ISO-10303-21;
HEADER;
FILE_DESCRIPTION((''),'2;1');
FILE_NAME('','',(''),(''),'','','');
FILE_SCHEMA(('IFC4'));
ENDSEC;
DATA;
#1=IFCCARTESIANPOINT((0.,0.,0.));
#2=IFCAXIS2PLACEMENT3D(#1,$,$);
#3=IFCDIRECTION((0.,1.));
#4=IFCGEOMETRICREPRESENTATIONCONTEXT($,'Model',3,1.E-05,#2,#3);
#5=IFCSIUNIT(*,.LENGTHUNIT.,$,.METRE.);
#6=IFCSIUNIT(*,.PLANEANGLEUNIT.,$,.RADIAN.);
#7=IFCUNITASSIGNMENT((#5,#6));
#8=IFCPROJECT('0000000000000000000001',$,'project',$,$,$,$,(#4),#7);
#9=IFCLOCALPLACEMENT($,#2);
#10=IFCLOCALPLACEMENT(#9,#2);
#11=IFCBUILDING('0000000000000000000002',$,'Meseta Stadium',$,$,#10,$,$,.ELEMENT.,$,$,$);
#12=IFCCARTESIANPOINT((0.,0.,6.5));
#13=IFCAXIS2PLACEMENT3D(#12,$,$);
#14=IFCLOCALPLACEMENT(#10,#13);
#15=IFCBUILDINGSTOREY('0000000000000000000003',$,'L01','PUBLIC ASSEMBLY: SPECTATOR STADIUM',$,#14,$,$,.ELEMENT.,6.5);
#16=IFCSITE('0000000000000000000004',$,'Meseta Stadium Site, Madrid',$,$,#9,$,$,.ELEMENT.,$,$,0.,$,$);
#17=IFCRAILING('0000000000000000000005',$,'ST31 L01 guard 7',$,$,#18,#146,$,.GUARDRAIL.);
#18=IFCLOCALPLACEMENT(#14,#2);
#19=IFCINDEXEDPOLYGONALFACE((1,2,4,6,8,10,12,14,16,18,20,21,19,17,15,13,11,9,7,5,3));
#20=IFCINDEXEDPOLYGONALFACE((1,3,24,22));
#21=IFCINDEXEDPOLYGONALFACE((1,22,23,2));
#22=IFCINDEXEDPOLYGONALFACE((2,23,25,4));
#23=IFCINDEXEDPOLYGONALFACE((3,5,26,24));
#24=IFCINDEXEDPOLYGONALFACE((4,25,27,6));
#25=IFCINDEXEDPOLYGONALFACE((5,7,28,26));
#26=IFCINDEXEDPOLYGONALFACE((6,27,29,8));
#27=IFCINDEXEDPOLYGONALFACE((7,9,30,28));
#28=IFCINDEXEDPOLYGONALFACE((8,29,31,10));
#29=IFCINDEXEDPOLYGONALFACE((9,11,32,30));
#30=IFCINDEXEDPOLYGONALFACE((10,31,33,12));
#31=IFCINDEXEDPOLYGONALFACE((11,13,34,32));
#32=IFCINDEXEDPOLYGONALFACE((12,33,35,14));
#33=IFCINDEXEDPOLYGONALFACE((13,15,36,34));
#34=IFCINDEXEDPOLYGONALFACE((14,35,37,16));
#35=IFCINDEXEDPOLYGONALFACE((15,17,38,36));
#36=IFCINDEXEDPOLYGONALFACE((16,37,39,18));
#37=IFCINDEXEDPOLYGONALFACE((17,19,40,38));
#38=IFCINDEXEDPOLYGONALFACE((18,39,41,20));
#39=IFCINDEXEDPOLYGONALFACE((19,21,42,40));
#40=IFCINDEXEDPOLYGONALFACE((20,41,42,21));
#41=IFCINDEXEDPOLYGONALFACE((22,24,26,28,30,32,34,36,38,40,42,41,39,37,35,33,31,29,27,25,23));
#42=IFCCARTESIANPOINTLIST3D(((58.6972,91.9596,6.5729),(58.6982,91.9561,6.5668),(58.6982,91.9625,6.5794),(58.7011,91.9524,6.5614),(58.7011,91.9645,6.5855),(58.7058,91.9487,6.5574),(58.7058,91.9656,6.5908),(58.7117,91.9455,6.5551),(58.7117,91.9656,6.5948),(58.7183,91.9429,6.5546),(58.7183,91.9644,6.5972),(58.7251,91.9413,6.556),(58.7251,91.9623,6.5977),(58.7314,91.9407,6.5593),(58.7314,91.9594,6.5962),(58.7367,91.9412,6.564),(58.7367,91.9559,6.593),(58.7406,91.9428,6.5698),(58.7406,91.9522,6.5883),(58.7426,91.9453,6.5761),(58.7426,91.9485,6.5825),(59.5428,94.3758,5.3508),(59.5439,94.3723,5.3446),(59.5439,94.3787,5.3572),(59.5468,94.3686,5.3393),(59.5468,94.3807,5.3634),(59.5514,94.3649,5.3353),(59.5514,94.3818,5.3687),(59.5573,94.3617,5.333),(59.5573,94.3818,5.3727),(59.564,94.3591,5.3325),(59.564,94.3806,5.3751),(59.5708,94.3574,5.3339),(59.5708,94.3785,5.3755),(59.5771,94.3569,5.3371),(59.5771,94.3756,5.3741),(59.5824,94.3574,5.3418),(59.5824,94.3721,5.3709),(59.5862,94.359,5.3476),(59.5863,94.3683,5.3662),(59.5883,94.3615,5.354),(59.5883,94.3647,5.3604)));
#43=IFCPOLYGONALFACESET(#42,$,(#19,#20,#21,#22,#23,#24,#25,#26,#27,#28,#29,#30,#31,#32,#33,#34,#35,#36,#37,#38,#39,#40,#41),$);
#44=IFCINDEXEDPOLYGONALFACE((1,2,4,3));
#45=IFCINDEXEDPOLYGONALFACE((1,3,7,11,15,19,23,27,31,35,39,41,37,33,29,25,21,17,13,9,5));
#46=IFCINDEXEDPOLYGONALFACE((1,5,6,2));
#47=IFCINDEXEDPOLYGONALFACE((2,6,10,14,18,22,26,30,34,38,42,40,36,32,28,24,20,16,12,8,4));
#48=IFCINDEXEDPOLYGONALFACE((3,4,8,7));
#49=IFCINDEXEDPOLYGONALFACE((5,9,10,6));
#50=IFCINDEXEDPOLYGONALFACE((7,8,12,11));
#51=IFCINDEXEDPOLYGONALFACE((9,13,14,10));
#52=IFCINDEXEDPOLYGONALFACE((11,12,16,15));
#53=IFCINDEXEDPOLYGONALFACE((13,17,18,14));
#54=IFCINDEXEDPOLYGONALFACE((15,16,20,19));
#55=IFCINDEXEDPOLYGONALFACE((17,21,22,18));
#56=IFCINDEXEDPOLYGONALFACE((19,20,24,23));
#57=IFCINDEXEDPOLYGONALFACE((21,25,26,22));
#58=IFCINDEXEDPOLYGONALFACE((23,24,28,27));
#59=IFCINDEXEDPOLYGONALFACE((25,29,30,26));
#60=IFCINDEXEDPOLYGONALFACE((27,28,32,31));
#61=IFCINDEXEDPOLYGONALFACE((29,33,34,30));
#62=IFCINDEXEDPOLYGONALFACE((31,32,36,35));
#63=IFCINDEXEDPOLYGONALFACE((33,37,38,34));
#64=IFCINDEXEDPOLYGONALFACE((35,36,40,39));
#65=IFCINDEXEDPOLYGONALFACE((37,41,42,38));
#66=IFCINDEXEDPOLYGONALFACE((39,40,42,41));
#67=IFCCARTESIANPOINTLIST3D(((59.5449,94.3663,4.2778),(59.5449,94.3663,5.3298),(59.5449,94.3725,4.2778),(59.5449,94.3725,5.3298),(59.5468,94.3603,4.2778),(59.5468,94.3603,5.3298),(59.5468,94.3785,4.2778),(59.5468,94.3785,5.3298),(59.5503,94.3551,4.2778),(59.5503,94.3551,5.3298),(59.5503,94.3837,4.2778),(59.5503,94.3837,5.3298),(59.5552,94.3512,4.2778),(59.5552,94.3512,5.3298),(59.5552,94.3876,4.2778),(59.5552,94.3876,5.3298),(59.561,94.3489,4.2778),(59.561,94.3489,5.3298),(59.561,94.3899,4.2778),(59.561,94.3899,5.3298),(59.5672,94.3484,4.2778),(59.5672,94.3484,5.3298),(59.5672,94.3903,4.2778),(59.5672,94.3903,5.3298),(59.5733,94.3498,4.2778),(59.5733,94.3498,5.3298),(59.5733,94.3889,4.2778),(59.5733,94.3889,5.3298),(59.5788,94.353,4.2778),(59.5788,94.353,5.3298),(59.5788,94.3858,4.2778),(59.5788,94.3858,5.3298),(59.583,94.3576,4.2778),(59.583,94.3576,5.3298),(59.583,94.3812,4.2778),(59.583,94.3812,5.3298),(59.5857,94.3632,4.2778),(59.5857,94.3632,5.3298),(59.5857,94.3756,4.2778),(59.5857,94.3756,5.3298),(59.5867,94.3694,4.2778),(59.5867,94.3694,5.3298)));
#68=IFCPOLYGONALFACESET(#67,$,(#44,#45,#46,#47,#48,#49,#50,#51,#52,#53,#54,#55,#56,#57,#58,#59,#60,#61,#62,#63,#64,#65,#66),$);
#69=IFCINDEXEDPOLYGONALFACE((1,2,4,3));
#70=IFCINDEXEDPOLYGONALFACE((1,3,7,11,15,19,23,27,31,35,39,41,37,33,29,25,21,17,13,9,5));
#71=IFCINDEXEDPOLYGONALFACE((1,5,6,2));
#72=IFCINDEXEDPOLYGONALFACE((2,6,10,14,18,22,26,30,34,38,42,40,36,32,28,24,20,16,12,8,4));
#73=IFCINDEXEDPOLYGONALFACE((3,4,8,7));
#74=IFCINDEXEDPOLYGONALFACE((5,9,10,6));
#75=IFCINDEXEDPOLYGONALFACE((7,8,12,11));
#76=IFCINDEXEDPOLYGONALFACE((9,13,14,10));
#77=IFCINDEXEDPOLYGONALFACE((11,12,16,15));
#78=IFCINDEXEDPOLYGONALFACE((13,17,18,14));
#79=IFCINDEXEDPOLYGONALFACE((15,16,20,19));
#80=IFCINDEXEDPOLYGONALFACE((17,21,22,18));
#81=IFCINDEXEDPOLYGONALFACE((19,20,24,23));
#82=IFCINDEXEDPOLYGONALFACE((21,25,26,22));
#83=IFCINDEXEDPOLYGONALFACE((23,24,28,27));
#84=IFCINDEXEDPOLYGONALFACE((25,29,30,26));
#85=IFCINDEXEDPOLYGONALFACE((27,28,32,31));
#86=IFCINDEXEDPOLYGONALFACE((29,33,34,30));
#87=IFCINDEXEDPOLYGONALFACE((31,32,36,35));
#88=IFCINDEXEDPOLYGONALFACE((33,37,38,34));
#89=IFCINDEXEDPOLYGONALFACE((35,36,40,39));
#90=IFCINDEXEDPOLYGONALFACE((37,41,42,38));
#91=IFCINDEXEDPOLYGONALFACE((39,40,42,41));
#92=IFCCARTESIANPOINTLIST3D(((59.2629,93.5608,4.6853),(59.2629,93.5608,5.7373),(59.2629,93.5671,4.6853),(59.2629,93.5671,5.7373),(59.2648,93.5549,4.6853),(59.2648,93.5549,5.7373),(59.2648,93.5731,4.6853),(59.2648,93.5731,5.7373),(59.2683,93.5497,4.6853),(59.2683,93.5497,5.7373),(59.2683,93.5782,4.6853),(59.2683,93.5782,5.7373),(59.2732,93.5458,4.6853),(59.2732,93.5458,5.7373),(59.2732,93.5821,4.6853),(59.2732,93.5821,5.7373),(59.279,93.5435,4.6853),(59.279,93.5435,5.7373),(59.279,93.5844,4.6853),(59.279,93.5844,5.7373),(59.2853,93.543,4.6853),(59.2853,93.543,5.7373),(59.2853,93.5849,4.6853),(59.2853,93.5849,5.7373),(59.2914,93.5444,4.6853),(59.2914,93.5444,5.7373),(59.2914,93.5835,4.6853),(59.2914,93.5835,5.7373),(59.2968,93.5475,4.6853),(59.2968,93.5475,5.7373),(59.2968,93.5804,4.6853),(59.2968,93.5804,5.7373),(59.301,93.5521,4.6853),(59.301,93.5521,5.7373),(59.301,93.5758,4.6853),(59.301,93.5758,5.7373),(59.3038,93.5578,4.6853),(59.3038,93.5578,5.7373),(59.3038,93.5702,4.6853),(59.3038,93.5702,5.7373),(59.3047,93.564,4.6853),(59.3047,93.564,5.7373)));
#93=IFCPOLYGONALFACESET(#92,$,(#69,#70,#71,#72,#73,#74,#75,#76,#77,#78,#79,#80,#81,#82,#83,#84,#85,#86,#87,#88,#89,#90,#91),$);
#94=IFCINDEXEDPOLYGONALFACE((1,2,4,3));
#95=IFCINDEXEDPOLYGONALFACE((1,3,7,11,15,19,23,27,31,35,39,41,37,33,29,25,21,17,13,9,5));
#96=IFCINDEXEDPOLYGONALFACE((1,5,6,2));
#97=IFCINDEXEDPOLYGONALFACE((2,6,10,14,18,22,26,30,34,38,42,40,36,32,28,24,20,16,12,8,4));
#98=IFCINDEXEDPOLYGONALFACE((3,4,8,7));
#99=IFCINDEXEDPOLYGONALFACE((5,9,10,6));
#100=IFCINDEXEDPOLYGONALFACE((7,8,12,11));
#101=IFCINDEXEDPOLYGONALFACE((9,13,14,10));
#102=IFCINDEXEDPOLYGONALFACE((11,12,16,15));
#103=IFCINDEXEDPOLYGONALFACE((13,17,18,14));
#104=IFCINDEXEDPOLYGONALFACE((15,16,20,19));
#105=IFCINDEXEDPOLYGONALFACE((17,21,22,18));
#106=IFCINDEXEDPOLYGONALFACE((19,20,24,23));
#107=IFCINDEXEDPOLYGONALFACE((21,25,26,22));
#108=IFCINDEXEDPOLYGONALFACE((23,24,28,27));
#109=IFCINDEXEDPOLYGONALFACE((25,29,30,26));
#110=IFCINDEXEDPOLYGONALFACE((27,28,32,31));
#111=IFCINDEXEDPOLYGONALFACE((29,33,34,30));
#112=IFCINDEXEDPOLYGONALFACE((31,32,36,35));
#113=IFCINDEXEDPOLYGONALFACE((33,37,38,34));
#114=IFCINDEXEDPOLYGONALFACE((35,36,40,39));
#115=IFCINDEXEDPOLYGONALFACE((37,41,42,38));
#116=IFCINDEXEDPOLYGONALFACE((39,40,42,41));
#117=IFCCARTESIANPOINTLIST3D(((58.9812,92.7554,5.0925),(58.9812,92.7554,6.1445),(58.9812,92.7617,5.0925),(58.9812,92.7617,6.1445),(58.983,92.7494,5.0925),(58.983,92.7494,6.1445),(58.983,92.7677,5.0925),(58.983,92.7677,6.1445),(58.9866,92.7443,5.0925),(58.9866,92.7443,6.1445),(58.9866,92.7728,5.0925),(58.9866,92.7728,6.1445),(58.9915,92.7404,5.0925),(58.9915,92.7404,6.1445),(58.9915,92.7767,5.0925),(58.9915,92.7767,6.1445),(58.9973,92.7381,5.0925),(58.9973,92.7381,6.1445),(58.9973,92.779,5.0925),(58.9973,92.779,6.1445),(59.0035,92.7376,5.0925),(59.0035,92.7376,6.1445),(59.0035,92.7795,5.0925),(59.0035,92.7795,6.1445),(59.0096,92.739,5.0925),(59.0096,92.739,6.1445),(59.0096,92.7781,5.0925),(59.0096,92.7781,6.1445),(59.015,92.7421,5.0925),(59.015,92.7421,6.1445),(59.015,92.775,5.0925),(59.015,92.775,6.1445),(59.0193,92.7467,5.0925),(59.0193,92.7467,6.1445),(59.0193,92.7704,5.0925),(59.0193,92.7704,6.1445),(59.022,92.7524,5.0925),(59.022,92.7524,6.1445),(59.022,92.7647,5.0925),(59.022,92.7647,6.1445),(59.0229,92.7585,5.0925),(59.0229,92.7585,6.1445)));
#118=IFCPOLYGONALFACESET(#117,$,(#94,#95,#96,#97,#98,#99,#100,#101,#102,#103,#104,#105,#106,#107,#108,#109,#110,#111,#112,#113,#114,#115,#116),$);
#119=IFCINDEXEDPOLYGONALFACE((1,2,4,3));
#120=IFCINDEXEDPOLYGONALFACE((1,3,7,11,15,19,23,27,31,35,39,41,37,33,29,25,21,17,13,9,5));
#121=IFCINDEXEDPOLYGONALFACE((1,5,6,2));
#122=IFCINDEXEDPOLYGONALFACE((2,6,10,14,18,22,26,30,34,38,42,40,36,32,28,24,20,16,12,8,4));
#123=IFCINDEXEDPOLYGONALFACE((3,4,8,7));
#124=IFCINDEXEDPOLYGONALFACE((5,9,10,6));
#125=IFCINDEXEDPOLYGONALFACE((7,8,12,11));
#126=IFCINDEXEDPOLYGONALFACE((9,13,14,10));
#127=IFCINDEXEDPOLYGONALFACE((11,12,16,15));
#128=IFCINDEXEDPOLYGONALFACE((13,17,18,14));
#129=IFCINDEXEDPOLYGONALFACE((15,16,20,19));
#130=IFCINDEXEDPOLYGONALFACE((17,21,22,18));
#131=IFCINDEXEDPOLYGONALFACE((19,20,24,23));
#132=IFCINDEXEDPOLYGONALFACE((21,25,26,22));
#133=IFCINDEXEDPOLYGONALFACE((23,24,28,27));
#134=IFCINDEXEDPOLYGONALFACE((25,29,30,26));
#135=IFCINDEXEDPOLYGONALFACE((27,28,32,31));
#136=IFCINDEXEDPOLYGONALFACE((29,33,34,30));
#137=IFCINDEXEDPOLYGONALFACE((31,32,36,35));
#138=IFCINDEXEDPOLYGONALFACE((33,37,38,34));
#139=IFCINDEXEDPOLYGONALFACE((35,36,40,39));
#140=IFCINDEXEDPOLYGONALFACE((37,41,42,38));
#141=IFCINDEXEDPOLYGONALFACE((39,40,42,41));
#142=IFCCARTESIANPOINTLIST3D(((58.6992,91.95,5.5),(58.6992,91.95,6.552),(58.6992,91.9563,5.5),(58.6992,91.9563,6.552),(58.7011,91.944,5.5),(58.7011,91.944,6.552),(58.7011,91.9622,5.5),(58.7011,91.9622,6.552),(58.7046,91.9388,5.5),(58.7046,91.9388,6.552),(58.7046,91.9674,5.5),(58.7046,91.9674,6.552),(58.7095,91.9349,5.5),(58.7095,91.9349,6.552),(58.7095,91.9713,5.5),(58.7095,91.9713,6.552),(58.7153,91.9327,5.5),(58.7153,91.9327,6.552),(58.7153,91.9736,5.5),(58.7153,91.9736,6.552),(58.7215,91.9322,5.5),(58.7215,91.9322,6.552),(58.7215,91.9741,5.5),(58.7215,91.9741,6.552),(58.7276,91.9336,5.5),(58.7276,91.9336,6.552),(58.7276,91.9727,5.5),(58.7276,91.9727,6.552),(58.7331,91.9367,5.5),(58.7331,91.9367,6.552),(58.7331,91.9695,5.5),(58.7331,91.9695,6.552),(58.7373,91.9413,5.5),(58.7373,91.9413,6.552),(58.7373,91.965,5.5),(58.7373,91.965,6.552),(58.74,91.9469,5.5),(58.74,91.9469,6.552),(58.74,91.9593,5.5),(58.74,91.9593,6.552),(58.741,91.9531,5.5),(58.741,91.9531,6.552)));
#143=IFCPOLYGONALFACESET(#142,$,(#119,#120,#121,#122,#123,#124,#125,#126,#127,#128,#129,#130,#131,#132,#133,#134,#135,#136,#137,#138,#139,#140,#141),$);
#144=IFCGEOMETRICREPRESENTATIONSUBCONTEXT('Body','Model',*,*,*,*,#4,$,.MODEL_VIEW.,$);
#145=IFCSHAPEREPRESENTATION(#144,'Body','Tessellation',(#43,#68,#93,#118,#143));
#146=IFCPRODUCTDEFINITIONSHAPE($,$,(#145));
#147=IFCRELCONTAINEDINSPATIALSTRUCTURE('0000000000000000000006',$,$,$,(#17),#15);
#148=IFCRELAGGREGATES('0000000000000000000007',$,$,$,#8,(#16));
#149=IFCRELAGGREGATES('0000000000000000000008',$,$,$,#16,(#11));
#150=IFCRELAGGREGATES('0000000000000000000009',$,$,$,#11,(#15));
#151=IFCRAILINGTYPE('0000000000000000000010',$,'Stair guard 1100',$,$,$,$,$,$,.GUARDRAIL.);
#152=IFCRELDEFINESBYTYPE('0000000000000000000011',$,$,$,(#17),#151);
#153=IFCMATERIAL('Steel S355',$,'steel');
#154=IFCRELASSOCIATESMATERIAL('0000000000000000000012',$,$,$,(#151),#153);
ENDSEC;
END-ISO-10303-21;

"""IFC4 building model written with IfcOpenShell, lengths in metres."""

from ifc_helpers import new_model, si_unit, direction, frame, origin, origin_2d, place, context, subcontext, project, spatial, circle, extrude, material, type_object, element, save


model = new_model("IFC4")

# Units and contexts
model_context = context("Model", 3, precision=1e-05, world=origin(), true_north=direction((0.0, 1.0)))
body_context = subcontext(model_context, "Body", "Model", "MODEL_VIEW")
ifc_project = project(units=[si_unit("LENGTHUNIT", "METRE"), si_unit("PLANEANGLEUNIT", "RADIAN")], contexts=[model_context])

# Site, building, storey
site_placement = place(None, origin())
site = spatial("IfcSite", under=ifc_project, at=site_placement, Name="Meseta Stadium Site, Madrid", CompositionType="ELEMENT", RefElevation=0.0)
building_placement = place(site_placement, origin())
building = spatial("IfcBuilding", under=site, at=building_placement, Name="Meseta Stadium", CompositionType="ELEMENT")
storey_placement = place(building_placement, frame((0.0, 0.0, 6.5)))
storey = spatial("IfcBuildingStorey", under=building, at=storey_placement, Name="L01", Description="PUBLIC ASSEMBLY: SPECTATOR STADIUM", CompositionType="ELEMENT", Elevation=6.5)

# Railing
ifc_material_1 = material(Name="Steel S355", Category="steel")
railing_type_1 = type_object("IfcRailingType", Name="Stair guard 1100", PredefinedType="GUARDRAIL", material=ifc_material_1)
railing_1_placement = place(storey_placement, frame((59.5657, 94.3694, 4.2778)))
element("IfcRailing", 1, at=railing_1_placement, inside=storey, type_object=railing_type_1, Name="ST31 L01 guard 7", PredefinedType="GUARDRAIL", context=body_context, shape_type="SweptSolid", body=[
    extrude(circle(Radius=0.0239, at=origin_2d()), frame((0.0, 0.0, 1.0762), z_axis=(-0.298123, -0.851767, 0.430832), x_axis=(0.943857, -0.330355, 0.0)), (0.0, 0.0, 1.0), 2.8367),
    extrude(circle(Radius=0.021, at=origin_2d()), origin(), (0.0, 0.0, 1.0), 1.052),
    extrude(circle(Radius=0.021, at=origin_2d()), frame((-0.282, -0.8054, 0.4075)), (0.0, 0.0, 1.0), 1.052),
    extrude(circle(Radius=0.021, at=origin_2d()), frame((-0.5637, -1.6108, 0.8147)), (0.0, 0.0, 1.0), 1.052),
    extrude(circle(Radius=0.021, at=origin_2d()), frame((-0.8457, -2.4163, 1.2222)), (0.0, 0.0, 1.0), 1.052),
])

save(model, "model.ifc")
